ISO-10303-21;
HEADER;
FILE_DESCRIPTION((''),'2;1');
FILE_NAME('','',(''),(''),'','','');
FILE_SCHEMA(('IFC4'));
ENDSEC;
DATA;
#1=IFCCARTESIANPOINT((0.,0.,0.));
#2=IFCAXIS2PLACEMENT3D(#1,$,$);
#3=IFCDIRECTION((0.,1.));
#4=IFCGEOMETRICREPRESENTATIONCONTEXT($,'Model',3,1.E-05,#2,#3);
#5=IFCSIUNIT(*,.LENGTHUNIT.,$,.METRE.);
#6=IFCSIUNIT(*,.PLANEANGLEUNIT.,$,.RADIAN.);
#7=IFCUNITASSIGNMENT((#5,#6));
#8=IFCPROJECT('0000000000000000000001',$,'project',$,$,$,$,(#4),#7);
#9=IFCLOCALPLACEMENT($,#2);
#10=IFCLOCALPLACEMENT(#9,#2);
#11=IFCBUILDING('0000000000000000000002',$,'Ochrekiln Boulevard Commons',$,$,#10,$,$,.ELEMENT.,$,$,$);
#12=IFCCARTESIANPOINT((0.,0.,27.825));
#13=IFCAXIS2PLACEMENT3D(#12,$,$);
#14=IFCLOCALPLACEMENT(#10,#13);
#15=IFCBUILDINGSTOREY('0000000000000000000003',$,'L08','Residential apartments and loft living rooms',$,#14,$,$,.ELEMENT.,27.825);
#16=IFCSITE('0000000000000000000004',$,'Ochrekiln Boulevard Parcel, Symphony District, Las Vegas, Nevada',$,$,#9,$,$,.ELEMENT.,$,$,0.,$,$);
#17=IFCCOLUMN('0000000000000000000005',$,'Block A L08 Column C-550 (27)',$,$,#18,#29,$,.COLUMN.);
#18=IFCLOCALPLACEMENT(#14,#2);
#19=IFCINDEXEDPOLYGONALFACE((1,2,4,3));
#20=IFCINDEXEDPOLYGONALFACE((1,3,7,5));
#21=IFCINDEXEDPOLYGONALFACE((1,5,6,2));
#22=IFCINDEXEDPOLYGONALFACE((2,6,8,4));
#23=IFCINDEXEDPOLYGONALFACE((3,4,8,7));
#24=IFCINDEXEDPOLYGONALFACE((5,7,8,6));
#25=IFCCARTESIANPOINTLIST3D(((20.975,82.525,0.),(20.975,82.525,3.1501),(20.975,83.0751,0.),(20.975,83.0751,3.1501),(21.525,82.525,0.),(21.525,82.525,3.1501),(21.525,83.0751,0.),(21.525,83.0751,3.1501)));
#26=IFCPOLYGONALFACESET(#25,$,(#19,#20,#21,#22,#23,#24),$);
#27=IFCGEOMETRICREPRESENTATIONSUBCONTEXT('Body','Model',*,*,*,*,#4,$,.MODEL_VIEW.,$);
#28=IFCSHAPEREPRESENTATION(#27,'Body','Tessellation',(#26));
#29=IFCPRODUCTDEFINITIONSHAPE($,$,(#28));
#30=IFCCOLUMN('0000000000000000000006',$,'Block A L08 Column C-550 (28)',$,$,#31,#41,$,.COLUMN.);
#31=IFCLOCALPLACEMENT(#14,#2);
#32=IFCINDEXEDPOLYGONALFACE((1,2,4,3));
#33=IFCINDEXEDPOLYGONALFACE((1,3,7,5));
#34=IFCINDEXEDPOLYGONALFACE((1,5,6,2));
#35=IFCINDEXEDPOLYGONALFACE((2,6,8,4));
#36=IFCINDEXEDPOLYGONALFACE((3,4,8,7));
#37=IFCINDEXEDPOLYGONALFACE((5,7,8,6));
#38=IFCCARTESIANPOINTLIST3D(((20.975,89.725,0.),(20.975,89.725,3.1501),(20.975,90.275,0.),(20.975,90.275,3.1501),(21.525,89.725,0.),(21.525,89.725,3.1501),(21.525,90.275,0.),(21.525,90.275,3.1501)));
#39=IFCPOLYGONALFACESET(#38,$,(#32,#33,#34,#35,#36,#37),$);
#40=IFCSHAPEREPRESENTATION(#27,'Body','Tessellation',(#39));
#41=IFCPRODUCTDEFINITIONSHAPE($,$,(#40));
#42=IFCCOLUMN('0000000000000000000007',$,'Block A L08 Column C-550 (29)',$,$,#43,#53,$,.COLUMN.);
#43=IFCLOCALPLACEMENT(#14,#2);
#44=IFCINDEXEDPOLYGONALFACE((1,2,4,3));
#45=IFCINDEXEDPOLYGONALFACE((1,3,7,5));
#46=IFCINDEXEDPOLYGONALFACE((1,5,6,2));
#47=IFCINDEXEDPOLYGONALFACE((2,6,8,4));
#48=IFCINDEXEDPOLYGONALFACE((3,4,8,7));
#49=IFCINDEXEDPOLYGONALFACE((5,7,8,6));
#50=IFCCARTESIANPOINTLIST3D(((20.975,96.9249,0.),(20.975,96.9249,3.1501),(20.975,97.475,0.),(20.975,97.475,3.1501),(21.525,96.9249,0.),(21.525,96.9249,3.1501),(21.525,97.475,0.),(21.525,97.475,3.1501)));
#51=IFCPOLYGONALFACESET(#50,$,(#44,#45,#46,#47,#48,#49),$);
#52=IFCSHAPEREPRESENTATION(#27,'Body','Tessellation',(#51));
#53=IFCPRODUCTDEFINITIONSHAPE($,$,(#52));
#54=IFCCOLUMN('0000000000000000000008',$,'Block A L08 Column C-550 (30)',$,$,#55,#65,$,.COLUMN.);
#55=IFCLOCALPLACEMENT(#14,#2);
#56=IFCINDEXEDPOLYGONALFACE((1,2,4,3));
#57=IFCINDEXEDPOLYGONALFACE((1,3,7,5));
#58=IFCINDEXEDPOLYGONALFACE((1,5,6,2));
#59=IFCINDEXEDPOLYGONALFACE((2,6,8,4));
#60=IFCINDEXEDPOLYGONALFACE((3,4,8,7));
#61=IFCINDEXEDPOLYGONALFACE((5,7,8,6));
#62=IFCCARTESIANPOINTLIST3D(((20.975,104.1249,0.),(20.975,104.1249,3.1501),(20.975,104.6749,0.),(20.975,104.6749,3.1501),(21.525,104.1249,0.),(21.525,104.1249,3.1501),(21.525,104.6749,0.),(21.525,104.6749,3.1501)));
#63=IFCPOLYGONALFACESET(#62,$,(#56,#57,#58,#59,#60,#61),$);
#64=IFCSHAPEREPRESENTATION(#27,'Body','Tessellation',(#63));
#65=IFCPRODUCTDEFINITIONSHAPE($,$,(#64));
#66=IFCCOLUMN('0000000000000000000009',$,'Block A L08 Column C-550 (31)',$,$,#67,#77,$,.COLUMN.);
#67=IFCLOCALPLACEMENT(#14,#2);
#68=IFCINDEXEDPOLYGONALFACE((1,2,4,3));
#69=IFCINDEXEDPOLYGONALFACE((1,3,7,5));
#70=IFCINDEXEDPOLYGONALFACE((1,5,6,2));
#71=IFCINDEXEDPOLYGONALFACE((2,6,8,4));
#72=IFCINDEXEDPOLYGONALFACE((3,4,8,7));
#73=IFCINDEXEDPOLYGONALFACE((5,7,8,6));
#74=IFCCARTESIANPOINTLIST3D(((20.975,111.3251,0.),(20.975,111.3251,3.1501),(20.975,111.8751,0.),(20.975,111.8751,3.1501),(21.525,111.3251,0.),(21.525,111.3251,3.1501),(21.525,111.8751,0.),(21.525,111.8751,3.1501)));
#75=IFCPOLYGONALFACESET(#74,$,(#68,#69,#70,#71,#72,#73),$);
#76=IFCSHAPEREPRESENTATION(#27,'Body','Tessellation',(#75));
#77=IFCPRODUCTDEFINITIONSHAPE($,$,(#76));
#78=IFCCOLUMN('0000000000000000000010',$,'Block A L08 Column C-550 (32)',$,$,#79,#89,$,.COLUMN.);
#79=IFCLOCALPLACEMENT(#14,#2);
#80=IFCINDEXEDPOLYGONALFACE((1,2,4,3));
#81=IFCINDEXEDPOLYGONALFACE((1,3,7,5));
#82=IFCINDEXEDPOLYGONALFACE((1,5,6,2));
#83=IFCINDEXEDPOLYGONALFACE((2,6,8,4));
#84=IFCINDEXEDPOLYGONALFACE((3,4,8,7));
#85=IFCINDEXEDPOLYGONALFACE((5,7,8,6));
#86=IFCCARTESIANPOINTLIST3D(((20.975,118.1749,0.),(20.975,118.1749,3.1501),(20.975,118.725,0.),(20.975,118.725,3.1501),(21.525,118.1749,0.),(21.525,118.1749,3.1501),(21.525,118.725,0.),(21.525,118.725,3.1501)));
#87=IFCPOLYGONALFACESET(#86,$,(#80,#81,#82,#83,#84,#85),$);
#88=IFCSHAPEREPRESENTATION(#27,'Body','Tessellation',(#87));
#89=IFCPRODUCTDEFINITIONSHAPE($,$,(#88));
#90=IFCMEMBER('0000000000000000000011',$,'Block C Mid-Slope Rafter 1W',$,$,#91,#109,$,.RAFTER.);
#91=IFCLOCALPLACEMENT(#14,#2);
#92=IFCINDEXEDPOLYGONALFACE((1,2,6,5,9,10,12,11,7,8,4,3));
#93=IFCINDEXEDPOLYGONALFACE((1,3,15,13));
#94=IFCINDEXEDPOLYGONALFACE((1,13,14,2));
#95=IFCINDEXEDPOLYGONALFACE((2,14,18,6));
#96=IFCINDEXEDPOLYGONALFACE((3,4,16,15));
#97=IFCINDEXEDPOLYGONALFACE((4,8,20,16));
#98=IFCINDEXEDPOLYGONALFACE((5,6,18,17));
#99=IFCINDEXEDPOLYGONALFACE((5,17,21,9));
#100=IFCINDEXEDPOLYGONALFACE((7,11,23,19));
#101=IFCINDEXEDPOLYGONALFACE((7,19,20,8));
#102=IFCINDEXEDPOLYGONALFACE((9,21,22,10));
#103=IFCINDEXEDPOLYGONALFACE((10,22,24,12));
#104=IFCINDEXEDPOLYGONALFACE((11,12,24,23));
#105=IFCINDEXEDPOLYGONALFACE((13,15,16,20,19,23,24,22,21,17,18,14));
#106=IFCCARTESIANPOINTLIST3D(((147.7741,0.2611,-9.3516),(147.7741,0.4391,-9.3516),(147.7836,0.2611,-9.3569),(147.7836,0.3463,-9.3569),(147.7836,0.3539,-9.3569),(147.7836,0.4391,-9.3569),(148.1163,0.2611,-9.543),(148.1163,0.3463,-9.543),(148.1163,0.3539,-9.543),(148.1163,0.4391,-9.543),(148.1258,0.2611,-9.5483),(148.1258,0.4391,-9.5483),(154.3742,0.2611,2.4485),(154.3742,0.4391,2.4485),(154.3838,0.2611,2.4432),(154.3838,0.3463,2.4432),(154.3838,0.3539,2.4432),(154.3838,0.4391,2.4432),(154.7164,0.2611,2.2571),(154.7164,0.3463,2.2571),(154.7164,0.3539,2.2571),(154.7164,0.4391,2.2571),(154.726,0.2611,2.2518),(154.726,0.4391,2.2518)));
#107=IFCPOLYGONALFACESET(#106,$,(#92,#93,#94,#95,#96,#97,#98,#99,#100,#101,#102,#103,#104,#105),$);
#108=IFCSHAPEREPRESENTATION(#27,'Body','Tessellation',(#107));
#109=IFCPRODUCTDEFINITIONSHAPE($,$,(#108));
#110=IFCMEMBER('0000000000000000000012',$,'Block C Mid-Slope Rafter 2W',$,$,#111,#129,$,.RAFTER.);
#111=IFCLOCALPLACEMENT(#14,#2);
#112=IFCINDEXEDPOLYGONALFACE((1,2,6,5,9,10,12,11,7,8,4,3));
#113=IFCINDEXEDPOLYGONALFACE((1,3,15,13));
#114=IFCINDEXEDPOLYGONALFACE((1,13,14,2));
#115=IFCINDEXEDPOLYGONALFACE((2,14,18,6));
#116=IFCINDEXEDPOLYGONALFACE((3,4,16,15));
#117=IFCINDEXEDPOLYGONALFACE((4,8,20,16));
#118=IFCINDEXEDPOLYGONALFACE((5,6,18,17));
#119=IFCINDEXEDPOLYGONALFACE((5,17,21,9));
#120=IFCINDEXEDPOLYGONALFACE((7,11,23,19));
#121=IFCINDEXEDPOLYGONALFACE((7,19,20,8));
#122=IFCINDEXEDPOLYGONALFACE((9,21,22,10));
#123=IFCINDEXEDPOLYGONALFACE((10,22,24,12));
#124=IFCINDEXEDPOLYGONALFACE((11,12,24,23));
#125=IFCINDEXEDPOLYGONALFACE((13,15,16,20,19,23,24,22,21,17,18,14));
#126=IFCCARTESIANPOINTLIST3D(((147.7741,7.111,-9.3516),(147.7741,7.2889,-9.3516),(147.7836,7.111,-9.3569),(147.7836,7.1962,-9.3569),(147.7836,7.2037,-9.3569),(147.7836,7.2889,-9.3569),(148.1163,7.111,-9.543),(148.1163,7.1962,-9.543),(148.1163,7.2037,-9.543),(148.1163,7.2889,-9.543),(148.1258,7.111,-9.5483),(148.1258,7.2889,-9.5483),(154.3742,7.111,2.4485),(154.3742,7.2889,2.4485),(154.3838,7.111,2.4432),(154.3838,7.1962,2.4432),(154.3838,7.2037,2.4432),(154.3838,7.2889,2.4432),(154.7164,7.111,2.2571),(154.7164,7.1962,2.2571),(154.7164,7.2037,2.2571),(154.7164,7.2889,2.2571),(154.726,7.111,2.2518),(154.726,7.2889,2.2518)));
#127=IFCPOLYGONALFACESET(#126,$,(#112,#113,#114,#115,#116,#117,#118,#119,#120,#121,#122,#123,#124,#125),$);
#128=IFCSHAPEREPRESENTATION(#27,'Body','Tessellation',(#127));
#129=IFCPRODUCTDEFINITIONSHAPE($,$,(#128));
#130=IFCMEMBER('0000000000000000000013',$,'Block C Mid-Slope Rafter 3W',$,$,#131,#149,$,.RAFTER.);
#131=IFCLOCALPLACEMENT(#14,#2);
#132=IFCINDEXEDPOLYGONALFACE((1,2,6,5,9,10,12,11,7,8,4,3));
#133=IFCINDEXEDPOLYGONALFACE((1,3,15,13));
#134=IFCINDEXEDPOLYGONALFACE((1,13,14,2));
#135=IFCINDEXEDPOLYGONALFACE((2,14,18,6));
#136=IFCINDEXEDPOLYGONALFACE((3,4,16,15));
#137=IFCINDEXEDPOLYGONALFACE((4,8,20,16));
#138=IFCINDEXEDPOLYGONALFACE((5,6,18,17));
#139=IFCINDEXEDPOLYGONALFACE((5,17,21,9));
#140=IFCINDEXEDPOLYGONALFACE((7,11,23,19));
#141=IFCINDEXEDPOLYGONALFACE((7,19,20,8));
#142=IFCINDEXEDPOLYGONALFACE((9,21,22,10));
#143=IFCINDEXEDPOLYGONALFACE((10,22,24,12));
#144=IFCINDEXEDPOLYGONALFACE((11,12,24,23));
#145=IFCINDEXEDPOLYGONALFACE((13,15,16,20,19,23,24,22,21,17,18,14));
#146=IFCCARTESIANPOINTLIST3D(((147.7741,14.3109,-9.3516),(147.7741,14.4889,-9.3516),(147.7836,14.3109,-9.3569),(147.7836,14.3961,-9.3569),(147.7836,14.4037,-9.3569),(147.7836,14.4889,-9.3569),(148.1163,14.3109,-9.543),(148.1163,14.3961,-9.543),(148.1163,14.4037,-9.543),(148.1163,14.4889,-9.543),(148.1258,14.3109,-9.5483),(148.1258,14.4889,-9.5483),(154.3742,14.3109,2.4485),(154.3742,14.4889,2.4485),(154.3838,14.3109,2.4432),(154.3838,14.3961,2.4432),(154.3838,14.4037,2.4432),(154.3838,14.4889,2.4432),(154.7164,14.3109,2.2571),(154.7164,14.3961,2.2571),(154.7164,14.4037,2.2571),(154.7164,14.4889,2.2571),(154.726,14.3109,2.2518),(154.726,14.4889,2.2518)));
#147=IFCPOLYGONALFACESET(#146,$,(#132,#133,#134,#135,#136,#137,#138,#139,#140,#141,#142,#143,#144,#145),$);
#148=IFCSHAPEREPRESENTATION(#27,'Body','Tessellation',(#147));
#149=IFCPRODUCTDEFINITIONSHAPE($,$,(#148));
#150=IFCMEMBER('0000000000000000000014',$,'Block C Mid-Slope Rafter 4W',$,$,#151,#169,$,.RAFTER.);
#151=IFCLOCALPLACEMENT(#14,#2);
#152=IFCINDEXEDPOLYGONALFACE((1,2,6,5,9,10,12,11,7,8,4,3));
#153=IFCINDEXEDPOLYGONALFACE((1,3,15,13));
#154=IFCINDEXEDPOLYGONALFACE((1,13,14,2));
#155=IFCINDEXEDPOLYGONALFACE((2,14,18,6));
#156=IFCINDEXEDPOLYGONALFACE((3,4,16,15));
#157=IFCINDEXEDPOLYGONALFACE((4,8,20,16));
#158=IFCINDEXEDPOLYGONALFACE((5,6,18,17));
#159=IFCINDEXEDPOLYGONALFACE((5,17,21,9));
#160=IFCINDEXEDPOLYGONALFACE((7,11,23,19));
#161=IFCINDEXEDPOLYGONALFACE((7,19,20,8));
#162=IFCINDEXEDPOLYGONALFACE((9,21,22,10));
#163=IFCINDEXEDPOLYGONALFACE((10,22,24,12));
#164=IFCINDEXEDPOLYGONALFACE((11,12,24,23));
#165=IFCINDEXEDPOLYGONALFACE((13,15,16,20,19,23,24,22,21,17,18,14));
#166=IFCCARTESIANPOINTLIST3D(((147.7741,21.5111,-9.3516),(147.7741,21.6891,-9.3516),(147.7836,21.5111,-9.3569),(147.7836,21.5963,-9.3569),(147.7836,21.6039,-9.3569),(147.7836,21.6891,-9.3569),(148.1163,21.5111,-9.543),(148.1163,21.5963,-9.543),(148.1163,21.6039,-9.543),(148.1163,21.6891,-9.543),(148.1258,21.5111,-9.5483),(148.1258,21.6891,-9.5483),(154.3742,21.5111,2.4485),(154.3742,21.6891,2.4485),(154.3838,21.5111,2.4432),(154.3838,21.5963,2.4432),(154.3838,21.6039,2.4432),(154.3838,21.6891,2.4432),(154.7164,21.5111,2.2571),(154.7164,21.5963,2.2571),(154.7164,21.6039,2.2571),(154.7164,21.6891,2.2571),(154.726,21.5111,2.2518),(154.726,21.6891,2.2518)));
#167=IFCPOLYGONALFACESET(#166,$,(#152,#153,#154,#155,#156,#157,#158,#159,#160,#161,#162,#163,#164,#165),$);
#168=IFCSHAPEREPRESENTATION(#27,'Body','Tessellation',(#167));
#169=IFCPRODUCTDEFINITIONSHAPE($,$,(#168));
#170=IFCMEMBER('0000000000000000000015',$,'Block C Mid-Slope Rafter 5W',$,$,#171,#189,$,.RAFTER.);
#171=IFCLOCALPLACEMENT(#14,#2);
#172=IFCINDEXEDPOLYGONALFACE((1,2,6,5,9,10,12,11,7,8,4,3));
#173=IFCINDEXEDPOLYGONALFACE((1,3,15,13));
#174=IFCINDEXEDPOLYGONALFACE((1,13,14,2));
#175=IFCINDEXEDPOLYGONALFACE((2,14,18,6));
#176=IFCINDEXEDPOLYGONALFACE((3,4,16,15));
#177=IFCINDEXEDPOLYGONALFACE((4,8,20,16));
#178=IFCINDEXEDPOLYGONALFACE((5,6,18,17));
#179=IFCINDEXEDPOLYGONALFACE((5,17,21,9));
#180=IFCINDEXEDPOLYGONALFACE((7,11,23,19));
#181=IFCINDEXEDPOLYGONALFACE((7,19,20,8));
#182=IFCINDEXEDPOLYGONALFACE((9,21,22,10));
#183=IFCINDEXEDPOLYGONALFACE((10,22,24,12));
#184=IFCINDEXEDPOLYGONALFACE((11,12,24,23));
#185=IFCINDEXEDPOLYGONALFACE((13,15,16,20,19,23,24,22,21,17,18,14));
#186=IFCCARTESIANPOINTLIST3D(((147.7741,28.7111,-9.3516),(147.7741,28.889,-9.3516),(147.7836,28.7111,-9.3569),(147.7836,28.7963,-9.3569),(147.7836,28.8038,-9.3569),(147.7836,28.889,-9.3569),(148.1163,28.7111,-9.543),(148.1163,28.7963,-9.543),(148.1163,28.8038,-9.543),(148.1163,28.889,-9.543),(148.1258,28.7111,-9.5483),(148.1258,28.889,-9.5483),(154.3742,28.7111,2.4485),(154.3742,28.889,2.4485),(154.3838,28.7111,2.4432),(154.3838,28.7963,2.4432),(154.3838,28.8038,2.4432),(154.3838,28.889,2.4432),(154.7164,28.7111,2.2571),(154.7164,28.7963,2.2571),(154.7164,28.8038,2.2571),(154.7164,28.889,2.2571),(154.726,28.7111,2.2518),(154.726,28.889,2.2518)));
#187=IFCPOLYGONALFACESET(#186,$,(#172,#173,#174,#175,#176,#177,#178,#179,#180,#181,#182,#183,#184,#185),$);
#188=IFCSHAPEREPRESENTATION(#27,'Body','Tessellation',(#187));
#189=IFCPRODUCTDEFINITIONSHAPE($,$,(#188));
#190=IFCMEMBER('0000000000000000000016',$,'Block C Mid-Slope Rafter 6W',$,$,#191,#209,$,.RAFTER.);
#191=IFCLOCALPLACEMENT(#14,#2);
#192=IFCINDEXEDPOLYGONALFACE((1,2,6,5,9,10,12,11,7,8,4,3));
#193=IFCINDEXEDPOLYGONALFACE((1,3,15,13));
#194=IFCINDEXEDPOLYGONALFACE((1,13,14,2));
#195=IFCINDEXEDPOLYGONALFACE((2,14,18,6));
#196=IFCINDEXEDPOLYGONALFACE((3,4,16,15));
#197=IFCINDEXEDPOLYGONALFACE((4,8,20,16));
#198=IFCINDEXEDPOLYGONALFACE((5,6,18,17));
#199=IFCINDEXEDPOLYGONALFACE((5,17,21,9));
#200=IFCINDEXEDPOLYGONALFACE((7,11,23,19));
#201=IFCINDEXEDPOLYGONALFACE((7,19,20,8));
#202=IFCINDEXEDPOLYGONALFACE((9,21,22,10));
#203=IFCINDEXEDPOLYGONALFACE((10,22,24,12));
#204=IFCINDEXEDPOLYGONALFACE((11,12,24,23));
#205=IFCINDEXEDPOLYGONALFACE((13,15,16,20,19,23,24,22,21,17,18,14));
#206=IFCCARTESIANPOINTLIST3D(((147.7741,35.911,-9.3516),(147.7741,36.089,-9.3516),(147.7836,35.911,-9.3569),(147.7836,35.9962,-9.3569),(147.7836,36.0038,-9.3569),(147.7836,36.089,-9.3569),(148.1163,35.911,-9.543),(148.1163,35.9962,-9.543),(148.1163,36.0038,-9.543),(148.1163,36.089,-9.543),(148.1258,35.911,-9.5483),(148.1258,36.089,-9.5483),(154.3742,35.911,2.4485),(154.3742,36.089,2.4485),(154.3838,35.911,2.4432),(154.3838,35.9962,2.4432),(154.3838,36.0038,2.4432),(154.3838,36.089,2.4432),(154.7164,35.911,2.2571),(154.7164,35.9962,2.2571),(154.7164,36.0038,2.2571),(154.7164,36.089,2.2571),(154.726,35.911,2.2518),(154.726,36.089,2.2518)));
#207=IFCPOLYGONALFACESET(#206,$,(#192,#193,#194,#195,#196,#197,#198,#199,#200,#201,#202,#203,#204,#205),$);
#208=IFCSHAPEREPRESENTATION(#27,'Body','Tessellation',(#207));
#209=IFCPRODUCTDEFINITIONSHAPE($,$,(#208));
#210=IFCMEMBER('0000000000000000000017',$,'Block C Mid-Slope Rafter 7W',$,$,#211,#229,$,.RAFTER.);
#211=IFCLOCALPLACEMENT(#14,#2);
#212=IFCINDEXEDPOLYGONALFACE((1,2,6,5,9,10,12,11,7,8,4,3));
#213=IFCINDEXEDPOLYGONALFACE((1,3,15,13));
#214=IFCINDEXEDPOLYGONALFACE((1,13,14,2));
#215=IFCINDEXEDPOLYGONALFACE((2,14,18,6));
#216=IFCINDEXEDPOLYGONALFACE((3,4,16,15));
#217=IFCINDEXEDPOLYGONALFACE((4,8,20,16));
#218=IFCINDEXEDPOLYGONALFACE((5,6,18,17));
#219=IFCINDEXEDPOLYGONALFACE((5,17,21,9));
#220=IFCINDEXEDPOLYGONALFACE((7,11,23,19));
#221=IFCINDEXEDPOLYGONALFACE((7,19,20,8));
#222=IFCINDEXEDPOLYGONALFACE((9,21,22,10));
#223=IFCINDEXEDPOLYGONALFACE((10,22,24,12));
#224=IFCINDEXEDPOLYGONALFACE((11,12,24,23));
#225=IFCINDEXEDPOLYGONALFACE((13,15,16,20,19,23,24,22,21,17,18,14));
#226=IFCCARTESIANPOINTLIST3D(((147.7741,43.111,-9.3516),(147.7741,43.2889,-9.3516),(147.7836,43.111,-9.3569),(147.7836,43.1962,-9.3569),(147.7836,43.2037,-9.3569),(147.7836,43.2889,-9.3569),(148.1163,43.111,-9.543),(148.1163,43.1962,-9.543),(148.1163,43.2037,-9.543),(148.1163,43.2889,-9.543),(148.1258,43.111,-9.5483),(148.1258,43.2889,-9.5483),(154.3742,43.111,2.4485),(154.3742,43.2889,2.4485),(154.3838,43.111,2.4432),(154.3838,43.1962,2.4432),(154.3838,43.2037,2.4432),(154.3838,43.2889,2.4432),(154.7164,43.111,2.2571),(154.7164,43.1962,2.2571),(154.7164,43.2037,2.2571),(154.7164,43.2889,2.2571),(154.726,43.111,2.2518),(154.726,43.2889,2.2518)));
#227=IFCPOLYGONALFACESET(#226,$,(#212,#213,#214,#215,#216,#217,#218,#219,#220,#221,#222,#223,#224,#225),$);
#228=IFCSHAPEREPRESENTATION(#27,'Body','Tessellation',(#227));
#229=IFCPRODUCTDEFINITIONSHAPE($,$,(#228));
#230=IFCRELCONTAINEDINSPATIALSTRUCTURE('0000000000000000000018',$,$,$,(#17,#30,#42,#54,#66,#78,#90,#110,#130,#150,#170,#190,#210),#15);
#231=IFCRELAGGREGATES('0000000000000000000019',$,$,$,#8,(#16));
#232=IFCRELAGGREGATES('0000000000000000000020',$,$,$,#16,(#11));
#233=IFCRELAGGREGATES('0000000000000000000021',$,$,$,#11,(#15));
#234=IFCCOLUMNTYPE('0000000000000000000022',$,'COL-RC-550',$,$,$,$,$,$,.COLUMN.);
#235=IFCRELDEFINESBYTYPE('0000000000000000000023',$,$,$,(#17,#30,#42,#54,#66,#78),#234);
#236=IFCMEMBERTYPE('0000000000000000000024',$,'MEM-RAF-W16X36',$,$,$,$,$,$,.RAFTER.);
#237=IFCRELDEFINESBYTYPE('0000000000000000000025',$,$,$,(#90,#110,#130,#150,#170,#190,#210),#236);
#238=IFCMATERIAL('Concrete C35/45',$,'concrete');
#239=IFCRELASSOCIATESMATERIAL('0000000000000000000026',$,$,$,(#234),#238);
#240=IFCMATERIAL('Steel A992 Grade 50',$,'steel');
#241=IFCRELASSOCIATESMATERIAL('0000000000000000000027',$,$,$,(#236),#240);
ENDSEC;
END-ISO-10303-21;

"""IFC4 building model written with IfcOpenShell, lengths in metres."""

from ifc_helpers import new_model, si_unit, direction, frame, origin, origin_2d, place, context, subcontext, project, spatial, rectangle, i_section, extrude, material, material_profile, profile_set, type_object, element, save


model = new_model("IFC4")

# Units and contexts
model_context = context("Model", 3, precision=1e-05, world=origin(), true_north=direction((0.0, 1.0)))
body_context = subcontext(model_context, "Body", "Model", "MODEL_VIEW")
ifc_project = project(units=[si_unit("LENGTHUNIT", "METRE"), si_unit("PLANEANGLEUNIT", "RADIAN")], contexts=[model_context])

# Site, building, storey
site_placement = place(None, origin())
site = spatial("IfcSite", under=ifc_project, at=site_placement, Name="Ochrekiln Boulevard Parcel, Symphony District, Las Vegas, Nevada", CompositionType="ELEMENT", RefElevation=0.0)
building_placement = place(site_placement, origin())
building = spatial("IfcBuilding", under=site, at=building_placement, Name="Ochrekiln Boulevard Commons", CompositionType="ELEMENT")
storey_placement = place(building_placement, frame((0.0, 0.0, 27.825)))
storey = spatial("IfcBuildingStorey", under=building, at=storey_placement, Name="L08", Description="Residential apartments and loft living rooms", CompositionType="ELEMENT", Elevation=27.825)

# Columns
ifc_material_1 = material(Name="Concrete C35/45", Category="concrete")
ifc_material_profile_1 = material_profile(ifc_material_1, rectangle(XDim=0.55, YDim=0.55, at=origin_2d()), Name="RC-COL-550x550")
ifc_profile_set_1 = profile_set([ifc_material_profile_1], Name="Concrete C35/45")
column_type = type_object("IfcColumnType", Name="COL-RC-550", PredefinedType="COLUMN", material=ifc_profile_set_1)
for number, where, z_axis, x_axis, name in (
    (1, (21.25, 82.8, 0.0), (0.0, 0.0, 1.0), (1.0, 0.0, 0.0), "Block A L08 Column C-550 (27)"),
    (2, (21.25, 90.0, 0.0), (0.0, 0.0, 1.0), (1.0, 0.0, 0.0), "Block A L08 Column C-550 (28)"),
    (3, (21.25, 97.2, 0.0), (0.0, 0.0, 1.0), (1.0, 0.0, 0.0), "Block A L08 Column C-550 (29)"),
    (4, (21.25, 104.3999, 0.0), (0.0, 0.0, 1.0), (1.0, 0.0, 0.0), "Block A L08 Column C-550 (30)"),
    (5, (21.25, 111.6001, 0.0), (0.0, 0.0, 1.0), (1.0, 0.0, 0.0), "Block A L08 Column C-550 (31)"),
    (6, (21.25, 118.45, 0.0), (0.0, 0.0, 1.0), (1.0, 0.0, 0.0), "Block A L08 Column C-550 (32)"),
):
    element("IfcColumn", number, at=place(storey_placement, frame(where, z_axis=z_axis, x_axis=x_axis)), inside=storey, type_object=column_type, Name=name, PredefinedType="COLUMN", context=body_context, shape_type="SweptSolid", body=[
        extrude(rectangle(XDim=0.55, YDim=0.55, at=origin_2d()), origin(), (0.0, 0.0, 1.0), 3.1501),
    ])

# Members
ifc_material_2 = material(Name="Steel A992 Grade 50", Category="steel")
ifc_material_profile_2 = material_profile(ifc_material_2, i_section(OverallWidth=0.178, OverallDepth=0.4031, WebThickness=0.0076, FlangeThickness=0.011, at=origin_2d()), Name="W16X36")
ifc_profile_set_2 = profile_set([ifc_material_profile_2], Name="Steel A992 Grade 50")
member_type = type_object("IfcMemberType", Name="MEM-RAF-W16X36", PredefinedType="RAFTER", material=ifc_profile_set_2)
for number, where, z_axis, x_axis, name in (
    (7, (147.95, 0.3501, -9.45), (0.488157, 0.0, 0.872756), (0.0, 1.0, 0.0), "Block C Mid-Slope Rafter 1W"),
    (8, (147.95, 7.2, -9.45), (0.488157, 0.0, 0.872756), (0.0, 1.0, 0.0), "Block C Mid-Slope Rafter 2W"),
    (9, (147.95, 14.3999, -9.45), (0.488157, 0.0, 0.872756), (0.0, 1.0, 0.0), "Block C Mid-Slope Rafter 3W"),
    (10, (147.95, 21.6001, -9.45), (0.488157, 0.0, 0.872756), (0.0, 1.0, 0.0), "Block C Mid-Slope Rafter 4W"),
    (11, (147.95, 28.8, -9.45), (0.488157, 0.0, 0.872756), (0.0, 1.0, 0.0), "Block C Mid-Slope Rafter 5W"),
    (12, (147.95, 36.0, -9.45), (0.488157, 0.0, 0.872756), (0.0, 1.0, 0.0), "Block C Mid-Slope Rafter 6W"),
    (13, (147.95, 43.2, -9.45), (0.488157, 0.0, 0.872756), (0.0, 1.0, 0.0), "Block C Mid-Slope Rafter 7W"),
):
    element("IfcMember", number, at=place(storey_placement, frame(where, z_axis=z_axis, x_axis=x_axis)), inside=storey, type_object=member_type, Name=name, PredefinedType="RAFTER", context=body_context, shape_type="SweptSolid", body=[
        extrude(i_section(OverallWidth=0.178, OverallDepth=0.4031, WebThickness=0.0076, FlangeThickness=0.011, at=origin_2d()), origin(), (0.0, 0.0, 1.0), 13.5205),
    ])

save(model, "model.ifc")
